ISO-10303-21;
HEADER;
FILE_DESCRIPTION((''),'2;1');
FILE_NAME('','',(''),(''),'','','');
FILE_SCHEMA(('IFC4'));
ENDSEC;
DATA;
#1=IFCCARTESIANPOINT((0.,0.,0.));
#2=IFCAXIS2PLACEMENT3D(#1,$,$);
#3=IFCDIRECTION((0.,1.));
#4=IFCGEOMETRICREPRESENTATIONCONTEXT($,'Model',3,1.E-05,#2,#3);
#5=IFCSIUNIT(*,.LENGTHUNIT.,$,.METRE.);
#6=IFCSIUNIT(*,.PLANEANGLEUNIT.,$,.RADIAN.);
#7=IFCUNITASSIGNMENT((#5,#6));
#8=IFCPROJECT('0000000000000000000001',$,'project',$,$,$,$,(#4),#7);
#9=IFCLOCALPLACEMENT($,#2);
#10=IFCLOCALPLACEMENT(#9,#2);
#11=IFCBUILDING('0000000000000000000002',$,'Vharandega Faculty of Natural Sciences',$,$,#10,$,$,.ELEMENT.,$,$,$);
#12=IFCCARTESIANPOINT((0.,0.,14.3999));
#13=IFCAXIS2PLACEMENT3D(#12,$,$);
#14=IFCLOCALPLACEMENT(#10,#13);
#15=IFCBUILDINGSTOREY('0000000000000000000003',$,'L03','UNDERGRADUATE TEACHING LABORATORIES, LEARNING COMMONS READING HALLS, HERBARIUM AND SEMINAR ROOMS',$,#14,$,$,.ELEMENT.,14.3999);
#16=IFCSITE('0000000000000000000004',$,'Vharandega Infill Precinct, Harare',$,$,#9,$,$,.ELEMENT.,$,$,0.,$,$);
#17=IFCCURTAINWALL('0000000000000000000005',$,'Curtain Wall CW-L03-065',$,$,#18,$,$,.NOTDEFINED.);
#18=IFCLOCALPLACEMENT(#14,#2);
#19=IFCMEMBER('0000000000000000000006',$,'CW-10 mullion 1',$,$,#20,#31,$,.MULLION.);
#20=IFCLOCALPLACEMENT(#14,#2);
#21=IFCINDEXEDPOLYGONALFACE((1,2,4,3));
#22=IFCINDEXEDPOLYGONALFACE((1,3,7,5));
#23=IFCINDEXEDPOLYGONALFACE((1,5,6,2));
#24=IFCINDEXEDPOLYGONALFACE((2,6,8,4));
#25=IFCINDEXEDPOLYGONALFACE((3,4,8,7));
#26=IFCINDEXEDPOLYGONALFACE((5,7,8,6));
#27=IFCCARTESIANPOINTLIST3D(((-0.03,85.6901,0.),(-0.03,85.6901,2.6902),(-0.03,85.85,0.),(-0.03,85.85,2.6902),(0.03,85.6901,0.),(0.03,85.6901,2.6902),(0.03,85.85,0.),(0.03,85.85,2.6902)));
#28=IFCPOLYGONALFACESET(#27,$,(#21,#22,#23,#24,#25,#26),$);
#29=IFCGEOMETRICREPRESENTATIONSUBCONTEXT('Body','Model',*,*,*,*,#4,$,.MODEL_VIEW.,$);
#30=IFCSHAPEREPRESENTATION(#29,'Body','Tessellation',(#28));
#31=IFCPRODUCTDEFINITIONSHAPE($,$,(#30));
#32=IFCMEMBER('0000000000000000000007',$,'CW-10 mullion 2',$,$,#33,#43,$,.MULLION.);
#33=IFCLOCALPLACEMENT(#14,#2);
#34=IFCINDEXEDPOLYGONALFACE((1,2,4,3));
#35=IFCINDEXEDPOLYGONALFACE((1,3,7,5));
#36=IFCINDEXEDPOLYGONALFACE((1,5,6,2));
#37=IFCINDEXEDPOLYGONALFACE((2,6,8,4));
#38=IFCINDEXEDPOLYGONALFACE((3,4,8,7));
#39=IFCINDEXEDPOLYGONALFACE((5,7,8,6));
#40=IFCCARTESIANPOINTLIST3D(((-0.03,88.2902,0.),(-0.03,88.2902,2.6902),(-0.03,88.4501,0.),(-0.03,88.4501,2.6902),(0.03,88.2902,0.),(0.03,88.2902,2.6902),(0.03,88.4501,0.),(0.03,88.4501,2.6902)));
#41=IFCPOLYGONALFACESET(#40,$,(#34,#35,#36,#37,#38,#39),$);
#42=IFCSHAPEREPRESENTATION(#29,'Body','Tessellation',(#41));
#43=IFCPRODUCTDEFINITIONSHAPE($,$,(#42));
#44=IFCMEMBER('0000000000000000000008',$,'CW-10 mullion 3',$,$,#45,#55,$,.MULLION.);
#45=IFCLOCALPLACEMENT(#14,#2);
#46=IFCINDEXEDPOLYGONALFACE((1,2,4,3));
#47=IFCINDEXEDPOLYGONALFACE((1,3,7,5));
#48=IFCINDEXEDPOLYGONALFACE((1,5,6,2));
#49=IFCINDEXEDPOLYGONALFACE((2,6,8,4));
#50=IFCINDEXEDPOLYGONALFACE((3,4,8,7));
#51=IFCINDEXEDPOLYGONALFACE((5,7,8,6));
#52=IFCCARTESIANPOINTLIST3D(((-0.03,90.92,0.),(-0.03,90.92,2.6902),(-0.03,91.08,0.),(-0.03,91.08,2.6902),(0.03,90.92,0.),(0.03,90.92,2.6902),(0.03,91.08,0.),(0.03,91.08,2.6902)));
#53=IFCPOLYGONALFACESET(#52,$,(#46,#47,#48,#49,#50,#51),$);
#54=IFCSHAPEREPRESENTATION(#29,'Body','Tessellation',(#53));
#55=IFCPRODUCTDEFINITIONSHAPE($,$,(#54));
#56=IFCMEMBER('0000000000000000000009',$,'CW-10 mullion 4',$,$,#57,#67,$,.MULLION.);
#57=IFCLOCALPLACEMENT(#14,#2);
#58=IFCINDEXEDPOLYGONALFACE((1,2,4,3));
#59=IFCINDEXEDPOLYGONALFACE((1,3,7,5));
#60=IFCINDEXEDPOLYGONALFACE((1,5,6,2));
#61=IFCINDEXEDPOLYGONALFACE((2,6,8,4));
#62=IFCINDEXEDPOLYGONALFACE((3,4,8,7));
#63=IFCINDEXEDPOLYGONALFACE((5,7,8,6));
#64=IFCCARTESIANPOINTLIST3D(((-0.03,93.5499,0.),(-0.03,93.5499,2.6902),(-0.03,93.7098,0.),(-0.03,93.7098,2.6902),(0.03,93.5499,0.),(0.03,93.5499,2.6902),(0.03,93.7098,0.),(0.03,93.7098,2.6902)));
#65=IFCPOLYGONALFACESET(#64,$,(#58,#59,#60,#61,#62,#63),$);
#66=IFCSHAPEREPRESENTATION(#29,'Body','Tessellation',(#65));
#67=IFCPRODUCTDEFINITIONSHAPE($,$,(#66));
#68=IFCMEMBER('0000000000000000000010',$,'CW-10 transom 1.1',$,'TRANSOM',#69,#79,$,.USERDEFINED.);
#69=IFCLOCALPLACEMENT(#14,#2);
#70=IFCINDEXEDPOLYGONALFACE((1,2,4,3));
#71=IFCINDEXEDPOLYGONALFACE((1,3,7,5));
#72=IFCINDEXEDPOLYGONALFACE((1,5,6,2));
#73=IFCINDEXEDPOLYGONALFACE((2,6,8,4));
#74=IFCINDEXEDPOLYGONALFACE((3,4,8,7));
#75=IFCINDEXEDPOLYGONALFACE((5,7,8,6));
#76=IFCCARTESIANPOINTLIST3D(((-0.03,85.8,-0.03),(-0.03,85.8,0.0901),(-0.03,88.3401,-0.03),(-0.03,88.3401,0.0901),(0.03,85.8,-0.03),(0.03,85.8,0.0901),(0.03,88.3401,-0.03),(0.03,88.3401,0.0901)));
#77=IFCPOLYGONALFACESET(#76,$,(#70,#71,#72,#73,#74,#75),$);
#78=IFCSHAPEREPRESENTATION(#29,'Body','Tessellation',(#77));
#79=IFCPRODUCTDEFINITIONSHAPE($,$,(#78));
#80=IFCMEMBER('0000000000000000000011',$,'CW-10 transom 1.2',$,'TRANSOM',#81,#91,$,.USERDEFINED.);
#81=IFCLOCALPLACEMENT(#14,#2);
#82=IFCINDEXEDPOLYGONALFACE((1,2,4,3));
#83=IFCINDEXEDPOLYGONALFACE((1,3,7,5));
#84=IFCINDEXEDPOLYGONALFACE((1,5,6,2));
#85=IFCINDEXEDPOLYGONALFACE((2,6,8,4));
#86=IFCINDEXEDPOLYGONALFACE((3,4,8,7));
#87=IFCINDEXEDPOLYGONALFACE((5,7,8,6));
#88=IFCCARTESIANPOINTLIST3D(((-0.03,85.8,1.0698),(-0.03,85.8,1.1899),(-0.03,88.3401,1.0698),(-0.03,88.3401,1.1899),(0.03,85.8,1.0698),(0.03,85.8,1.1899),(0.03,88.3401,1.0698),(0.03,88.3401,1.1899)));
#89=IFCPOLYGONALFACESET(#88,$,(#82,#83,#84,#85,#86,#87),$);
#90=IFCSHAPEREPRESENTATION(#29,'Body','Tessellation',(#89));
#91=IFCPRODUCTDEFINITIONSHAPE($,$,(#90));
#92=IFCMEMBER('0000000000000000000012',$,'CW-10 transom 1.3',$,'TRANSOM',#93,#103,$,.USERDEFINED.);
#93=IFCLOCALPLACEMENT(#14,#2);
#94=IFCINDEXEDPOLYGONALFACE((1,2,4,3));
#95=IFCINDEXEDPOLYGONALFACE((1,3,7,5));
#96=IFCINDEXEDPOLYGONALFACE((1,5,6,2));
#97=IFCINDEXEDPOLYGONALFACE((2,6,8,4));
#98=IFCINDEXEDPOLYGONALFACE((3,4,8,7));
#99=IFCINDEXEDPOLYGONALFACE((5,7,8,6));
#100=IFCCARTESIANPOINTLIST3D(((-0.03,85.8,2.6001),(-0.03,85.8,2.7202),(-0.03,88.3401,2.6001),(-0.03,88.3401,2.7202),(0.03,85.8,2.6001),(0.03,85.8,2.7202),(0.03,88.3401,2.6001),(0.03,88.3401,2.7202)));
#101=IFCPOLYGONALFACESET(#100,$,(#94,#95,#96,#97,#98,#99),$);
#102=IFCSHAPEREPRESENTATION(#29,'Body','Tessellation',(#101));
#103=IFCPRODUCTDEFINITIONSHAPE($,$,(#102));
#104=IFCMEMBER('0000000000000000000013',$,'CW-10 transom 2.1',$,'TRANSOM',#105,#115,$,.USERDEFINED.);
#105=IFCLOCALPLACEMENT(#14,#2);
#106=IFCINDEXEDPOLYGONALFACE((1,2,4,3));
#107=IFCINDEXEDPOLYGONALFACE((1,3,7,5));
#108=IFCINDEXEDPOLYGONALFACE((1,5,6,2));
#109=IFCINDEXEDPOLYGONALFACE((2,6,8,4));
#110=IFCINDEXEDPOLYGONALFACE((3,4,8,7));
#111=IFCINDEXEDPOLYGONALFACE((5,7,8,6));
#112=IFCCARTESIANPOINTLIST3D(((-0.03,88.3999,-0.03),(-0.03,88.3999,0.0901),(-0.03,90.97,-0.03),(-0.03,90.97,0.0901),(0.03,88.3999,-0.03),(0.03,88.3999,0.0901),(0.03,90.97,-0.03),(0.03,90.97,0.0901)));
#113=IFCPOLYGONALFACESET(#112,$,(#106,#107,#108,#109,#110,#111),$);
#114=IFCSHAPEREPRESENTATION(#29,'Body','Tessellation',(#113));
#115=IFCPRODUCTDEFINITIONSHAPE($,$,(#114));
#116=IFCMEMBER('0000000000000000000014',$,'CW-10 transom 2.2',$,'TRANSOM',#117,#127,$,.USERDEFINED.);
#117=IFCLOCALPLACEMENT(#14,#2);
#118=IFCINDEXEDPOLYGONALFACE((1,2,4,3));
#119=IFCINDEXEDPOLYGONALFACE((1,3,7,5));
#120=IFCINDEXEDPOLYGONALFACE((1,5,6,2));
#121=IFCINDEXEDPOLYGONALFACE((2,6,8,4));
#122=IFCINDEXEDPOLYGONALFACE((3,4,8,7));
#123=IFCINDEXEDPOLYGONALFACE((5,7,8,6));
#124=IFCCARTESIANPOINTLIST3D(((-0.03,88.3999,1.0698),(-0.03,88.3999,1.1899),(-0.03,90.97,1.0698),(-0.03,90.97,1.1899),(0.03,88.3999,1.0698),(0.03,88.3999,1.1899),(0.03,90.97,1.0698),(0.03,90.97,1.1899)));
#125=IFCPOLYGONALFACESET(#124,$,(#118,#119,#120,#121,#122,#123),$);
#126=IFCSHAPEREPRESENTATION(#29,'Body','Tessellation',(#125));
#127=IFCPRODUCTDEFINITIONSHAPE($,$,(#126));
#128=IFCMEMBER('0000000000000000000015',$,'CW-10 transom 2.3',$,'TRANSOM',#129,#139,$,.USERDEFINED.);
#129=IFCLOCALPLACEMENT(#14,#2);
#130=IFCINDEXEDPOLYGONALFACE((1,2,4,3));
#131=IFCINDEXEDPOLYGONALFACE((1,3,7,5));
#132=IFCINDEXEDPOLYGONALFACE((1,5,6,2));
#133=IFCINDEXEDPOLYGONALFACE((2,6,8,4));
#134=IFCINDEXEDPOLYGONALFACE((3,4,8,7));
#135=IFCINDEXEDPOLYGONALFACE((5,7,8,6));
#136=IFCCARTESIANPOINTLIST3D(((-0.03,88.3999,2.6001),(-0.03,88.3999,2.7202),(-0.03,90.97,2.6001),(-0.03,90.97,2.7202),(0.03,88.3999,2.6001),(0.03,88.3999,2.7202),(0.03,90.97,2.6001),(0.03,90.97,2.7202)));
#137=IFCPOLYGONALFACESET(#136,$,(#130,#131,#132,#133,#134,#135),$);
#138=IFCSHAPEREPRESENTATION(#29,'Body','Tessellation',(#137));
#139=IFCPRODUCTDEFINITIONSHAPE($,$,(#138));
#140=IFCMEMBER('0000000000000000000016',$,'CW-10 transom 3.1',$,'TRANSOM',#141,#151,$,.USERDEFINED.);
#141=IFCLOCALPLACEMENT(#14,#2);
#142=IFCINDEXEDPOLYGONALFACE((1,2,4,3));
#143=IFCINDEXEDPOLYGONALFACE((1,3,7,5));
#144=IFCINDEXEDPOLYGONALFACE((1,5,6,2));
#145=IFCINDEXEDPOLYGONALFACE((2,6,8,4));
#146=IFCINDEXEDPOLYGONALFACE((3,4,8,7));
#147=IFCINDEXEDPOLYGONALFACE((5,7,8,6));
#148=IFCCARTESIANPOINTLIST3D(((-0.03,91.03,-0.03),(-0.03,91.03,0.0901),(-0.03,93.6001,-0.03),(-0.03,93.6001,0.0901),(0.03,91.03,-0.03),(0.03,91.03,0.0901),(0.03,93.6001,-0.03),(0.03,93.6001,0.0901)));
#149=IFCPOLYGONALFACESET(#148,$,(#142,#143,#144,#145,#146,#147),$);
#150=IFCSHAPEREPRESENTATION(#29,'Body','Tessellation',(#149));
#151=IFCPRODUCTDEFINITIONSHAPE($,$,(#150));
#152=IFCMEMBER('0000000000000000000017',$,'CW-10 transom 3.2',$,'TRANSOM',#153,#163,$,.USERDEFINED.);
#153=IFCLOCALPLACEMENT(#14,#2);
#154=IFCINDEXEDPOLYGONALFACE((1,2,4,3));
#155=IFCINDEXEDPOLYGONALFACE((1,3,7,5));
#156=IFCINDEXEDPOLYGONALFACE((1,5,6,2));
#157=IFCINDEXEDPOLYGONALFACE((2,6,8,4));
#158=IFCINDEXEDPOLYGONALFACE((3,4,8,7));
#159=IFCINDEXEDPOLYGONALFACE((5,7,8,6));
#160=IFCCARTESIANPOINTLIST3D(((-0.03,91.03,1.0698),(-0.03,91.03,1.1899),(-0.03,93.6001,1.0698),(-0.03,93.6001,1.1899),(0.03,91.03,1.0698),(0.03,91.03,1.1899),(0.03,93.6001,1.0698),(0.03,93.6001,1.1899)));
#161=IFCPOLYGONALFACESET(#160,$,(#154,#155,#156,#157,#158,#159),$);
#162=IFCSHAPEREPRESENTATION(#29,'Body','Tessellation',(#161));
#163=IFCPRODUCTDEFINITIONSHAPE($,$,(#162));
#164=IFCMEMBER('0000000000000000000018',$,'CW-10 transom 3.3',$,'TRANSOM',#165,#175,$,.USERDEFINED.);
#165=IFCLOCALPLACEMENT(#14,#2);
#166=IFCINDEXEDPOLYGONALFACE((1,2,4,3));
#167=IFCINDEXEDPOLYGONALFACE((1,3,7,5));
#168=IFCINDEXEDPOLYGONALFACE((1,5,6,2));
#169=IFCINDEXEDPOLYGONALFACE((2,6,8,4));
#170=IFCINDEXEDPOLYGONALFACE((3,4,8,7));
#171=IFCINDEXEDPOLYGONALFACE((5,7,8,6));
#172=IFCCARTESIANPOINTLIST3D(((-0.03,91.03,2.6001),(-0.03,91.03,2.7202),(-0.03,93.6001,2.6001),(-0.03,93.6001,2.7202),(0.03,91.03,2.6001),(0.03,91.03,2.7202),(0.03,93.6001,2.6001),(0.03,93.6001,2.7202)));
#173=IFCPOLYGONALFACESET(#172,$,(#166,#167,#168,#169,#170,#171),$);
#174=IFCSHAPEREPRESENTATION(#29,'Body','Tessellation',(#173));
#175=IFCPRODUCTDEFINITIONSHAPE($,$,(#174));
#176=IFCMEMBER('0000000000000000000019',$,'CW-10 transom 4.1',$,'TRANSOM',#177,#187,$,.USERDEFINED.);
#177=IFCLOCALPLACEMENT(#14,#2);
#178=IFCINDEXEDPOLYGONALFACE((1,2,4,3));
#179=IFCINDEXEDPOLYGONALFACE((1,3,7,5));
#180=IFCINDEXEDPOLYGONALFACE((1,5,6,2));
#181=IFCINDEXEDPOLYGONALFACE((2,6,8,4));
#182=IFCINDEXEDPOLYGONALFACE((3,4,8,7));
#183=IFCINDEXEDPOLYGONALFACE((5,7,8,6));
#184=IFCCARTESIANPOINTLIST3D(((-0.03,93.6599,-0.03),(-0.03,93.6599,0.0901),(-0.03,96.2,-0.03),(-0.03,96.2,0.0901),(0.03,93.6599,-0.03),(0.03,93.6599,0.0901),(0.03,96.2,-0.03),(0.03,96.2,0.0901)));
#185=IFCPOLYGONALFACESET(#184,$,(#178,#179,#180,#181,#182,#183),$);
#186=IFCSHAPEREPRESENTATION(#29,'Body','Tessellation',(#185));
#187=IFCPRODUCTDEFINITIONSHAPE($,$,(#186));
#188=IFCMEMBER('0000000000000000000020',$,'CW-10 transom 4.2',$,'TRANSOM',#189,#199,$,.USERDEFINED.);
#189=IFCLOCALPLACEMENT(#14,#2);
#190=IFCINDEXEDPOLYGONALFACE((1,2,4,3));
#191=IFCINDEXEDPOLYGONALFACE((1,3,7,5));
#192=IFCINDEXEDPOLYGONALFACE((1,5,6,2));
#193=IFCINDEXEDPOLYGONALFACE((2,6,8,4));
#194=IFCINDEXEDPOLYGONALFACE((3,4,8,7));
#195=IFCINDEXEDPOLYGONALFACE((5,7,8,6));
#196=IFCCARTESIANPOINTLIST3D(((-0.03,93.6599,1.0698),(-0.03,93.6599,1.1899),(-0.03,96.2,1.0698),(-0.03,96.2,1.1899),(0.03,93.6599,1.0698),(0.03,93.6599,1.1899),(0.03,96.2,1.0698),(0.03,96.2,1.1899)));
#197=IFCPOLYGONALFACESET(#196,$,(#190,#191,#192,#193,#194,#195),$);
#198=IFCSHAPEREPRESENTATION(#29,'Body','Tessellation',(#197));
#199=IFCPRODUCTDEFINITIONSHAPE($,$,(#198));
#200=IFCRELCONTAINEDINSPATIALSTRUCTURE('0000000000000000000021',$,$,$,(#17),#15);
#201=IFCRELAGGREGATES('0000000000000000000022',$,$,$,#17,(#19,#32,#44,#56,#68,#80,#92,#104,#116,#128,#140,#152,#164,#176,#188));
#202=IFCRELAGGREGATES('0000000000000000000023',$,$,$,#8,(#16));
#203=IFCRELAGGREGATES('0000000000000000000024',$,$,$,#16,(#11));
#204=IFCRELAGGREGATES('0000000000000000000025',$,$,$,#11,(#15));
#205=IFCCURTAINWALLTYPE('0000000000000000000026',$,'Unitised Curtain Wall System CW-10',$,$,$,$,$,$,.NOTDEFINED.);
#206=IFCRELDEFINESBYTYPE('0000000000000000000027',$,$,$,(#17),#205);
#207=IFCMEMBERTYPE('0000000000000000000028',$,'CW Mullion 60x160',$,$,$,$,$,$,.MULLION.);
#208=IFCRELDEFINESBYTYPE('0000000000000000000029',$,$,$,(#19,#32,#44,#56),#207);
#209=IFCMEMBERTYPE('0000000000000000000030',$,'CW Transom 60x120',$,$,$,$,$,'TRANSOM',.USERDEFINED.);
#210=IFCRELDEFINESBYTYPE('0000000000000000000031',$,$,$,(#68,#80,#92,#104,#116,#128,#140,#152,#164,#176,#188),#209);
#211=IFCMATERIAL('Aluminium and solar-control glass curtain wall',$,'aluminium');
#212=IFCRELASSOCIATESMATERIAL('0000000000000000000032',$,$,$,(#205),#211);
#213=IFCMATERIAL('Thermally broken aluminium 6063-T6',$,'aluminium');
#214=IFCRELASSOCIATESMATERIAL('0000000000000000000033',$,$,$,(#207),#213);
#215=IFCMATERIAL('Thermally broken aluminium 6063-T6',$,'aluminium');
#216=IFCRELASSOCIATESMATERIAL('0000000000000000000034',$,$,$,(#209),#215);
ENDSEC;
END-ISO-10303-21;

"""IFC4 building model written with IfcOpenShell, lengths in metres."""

from ifc_helpers import new_model, si_unit, direction, frame, origin, origin_2d, place, context, subcontext, project, spatial, rectangle, extrude, material, material_profile, profile_set, type_object, element, aggregate, save


model = new_model("IFC4")

# Units and contexts
model_context = context("Model", 3, precision=1e-05, world=origin(), true_north=direction((0.0, 1.0)))
body_context = subcontext(model_context, "Body", "Model", "MODEL_VIEW")
ifc_project = project(units=[si_unit("LENGTHUNIT", "METRE"), si_unit("PLANEANGLEUNIT", "RADIAN")], contexts=[model_context])

# Site, building, storey
site_placement = place(None, origin())
site = spatial("IfcSite", under=ifc_project, at=site_placement, Name="Vharandega Infill Precinct, Harare", CompositionType="ELEMENT", RefElevation=0.0)
building_placement = place(site_placement, origin())
building = spatial("IfcBuilding", under=site, at=building_placement, Name="Vharandega Faculty of Natural Sciences", CompositionType="ELEMENT")
storey_placement = place(building_placement, frame((0.0, 0.0, 14.3999)))
storey = spatial("IfcBuildingStorey", under=building, at=storey_placement, Name="L03", Description="UNDERGRADUATE TEACHING LABORATORIES, LEARNING COMMONS READING HALLS, HERBARIUM AND SEMINAR ROOMS", CompositionType="ELEMENT", Elevation=14.3999)

# Curtain wall, members
ifc_material_1 = material(Name="Aluminium and solar-control glass curtain wall", Category="aluminium")
curtain_wall_type = type_object("IfcCurtainWallType", Name="Unitised Curtain Wall System CW-10", PredefinedType="NOTDEFINED", material=ifc_material_1)
curtain_wall_placement = place(storey_placement, origin())
curtain_wall = element("IfcCurtainWall", 1, at=curtain_wall_placement, inside=storey, type_object=curtain_wall_type, Name="Curtain Wall CW-L03-065", PredefinedType="NOTDEFINED")
ifc_material_2 = material(Name="Thermally broken aluminium 6063-T6", Category="aluminium")
ifc_material_profile_1 = material_profile(ifc_material_2, rectangle(XDim=0.0601, YDim=0.1599, at=origin_2d()), Name="ALU 60x160")
ifc_profile_set_1 = profile_set([ifc_material_profile_1], Name="Thermally broken aluminium 6063-T6")
member_type_1 = type_object("IfcMemberType", Name="CW Mullion 60x160", PredefinedType="MULLION", material=ifc_profile_set_1)
member_1_placement = place(storey_placement, frame((0.0, 85.77, 0.0), z_axis=(0.0, 0.0, 1.0), x_axis=(-1.0, 0.0, 0.0)))
member_1 = element("IfcMember", 2, at=member_1_placement, type_object=member_type_1, Name="CW-10 mullion 1", PredefinedType="MULLION", context=body_context, shape_type="SweptSolid", body=[
    extrude(rectangle(XDim=0.0601, YDim=0.1599, at=origin_2d()), origin(), (0.0, 0.0, 1.0), 2.6902),
])
member_2_placement = place(storey_placement, frame((0.0, 88.3701, 0.0), z_axis=(0.0, 0.0, 1.0), x_axis=(-1.0, 0.0, 0.0)))
member_2 = element("IfcMember", 3, at=member_2_placement, type_object=member_type_1, Name="CW-10 mullion 2", PredefinedType="MULLION", context=body_context, shape_type="SweptSolid", body=[
    extrude(rectangle(XDim=0.0601, YDim=0.1599, at=origin_2d()), origin(), (0.0, 0.0, 1.0), 2.6902),
])
member_3_placement = place(storey_placement, frame((0.0, 91.0, 0.0), z_axis=(0.0, 0.0, 1.0), x_axis=(-1.0, 0.0, 0.0)))
member_3 = element("IfcMember", 4, at=member_3_placement, type_object=member_type_1, Name="CW-10 mullion 3", PredefinedType="MULLION", context=body_context, shape_type="SweptSolid", body=[
    extrude(rectangle(XDim=0.0601, YDim=0.1599, at=origin_2d()), origin(), (0.0, 0.0, 1.0), 2.6902),
])
member_4_placement = place(storey_placement, frame((0.0, 93.6299, 0.0), z_axis=(0.0, 0.0, 1.0), x_axis=(-1.0, 0.0, 0.0)))
member_4 = element("IfcMember", 5, at=member_4_placement, type_object=member_type_1, Name="CW-10 mullion 4", PredefinedType="MULLION", context=body_context, shape_type="SweptSolid", body=[
    extrude(rectangle(XDim=0.0601, YDim=0.1599, at=origin_2d()), origin(), (0.0, 0.0, 1.0), 2.6902),
])
ifc_material_3 = material(Name="Thermally broken aluminium 6063-T6", Category="aluminium")
ifc_material_profile_2 = material_profile(ifc_material_3, rectangle(XDim=0.0601, YDim=0.1201, at=origin_2d()), Name="ALU 60x120")
ifc_profile_set_2 = profile_set([ifc_material_profile_2], Name="Thermally broken aluminium 6063-T6")
member_type_2 = type_object("IfcMemberType", Name="CW Transom 60x120", ElementType="TRANSOM", PredefinedType="USERDEFINED", material=ifc_profile_set_2)
member_5_placement = place(storey_placement, frame((0.0, 85.8, 0.03), z_axis=(0.0, 1.0, 0.0), x_axis=(-1.0, 0.0, 0.0)))
member_5 = element("IfcMember", 6, at=member_5_placement, type_object=member_type_2, Name="CW-10 transom 1.1", ObjectType="TRANSOM", PredefinedType="USERDEFINED", context=body_context, shape_type="SweptSolid", body=[
    extrude(rectangle(XDim=0.0601, YDim=0.1201, at=origin_2d()), origin(), (0.0, 0.0, 1.0), 2.54),
])
member_6_placement = place(storey_placement, frame((0.0, 85.8, 1.1299), z_axis=(0.0, 1.0, 0.0), x_axis=(-1.0, 0.0, 0.0)))
member_6 = element("IfcMember", 7, at=member_6_placement, type_object=member_type_2, Name="CW-10 transom 1.2", ObjectType="TRANSOM", PredefinedType="USERDEFINED", context=body_context, shape_type="SweptSolid", body=[
    extrude(rectangle(XDim=0.0601, YDim=0.1201, at=origin_2d()), origin(), (0.0, 0.0, 1.0), 2.54),
])
member_7_placement = place(storey_placement, frame((0.0, 85.8, 2.6602), z_axis=(0.0, 1.0, 0.0), x_axis=(-1.0, 0.0, 0.0)))
member_7 = element("IfcMember", 8, at=member_7_placement, type_object=member_type_2, Name="CW-10 transom 1.3", ObjectType="TRANSOM", PredefinedType="USERDEFINED", context=body_context, shape_type="SweptSolid", body=[
    extrude(rectangle(XDim=0.0601, YDim=0.1201, at=origin_2d()), origin(), (0.0, 0.0, 1.0), 2.54),
])
member_8_placement = place(storey_placement, frame((0.0, 88.3999, 0.03), z_axis=(0.0, 1.0, 0.0), x_axis=(-1.0, 0.0, 0.0)))
member_8 = element("IfcMember", 9, at=member_8_placement, type_object=member_type_2, Name="CW-10 transom 2.1", ObjectType="TRANSOM", PredefinedType="USERDEFINED", context=body_context, shape_type="SweptSolid", body=[
    extrude(rectangle(XDim=0.0601, YDim=0.1201, at=origin_2d()), origin(), (0.0, 0.0, 1.0), 2.5701),
])
member_9_placement = place(storey_placement, frame((0.0, 88.3999, 1.1299), z_axis=(0.0, 1.0, 0.0), x_axis=(-1.0, 0.0, 0.0)))
member_9 = element("IfcMember", 10, at=member_9_placement, type_object=member_type_2, Name="CW-10 transom 2.2", ObjectType="TRANSOM", PredefinedType="USERDEFINED", context=body_context, shape_type="SweptSolid", body=[
    extrude(rectangle(XDim=0.0601, YDim=0.1201, at=origin_2d()), origin(), (0.0, 0.0, 1.0), 2.5701),
])
member_10_placement = place(storey_placement, frame((0.0, 88.3999, 2.6602), z_axis=(0.0, 1.0, 0.0), x_axis=(-1.0, 0.0, 0.0)))
member_10 = element("IfcMember", 11, at=member_10_placement, type_object=member_type_2, Name="CW-10 transom 2.3", ObjectType="TRANSOM", PredefinedType="USERDEFINED", context=body_context, shape_type="SweptSolid", body=[
    extrude(rectangle(XDim=0.0601, YDim=0.1201, at=origin_2d()), origin(), (0.0, 0.0, 1.0), 2.5701),
])
member_11_placement = place(storey_placement, frame((0.0, 91.03, 0.03), z_axis=(0.0, 1.0, 0.0), x_axis=(-1.0, 0.0, 0.0)))
member_11 = element("IfcMember", 12, at=member_11_placement, type_object=member_type_2, Name="CW-10 transom 3.1", ObjectType="TRANSOM", PredefinedType="USERDEFINED", context=body_context, shape_type="SweptSolid", body=[
    extrude(rectangle(XDim=0.0601, YDim=0.1201, at=origin_2d()), origin(), (0.0, 0.0, 1.0), 2.5701),
])
member_12_placement = place(storey_placement, frame((0.0, 91.03, 1.1299), z_axis=(0.0, 1.0, 0.0), x_axis=(-1.0, 0.0, 0.0)))
member_12 = element("IfcMember", 13, at=member_12_placement, type_object=member_type_2, Name="CW-10 transom 3.2", ObjectType="TRANSOM", PredefinedType="USERDEFINED", context=body_context, shape_type="SweptSolid", body=[
    extrude(rectangle(XDim=0.0601, YDim=0.1201, at=origin_2d()), origin(), (0.0, 0.0, 1.0), 2.5701),
])
member_13_placement = place(storey_placement, frame((0.0, 91.03, 2.6602), z_axis=(0.0, 1.0, 0.0), x_axis=(-1.0, 0.0, 0.0)))
member_13 = element("IfcMember", 14, at=member_13_placement, type_object=member_type_2, Name="CW-10 transom 3.3", ObjectType="TRANSOM", PredefinedType="USERDEFINED", context=body_context, shape_type="SweptSolid", body=[
    extrude(rectangle(XDim=0.0601, YDim=0.1201, at=origin_2d()), origin(), (0.0, 0.0, 1.0), 2.5701),
])
member_14_placement = place(storey_placement, frame((0.0, 93.6599, 0.03), z_axis=(0.0, 1.0, 0.0), x_axis=(-1.0, 0.0, 0.0)))
member_14 = element("IfcMember", 15, at=member_14_placement, type_object=member_type_2, Name="CW-10 transom 4.1", ObjectType="TRANSOM", PredefinedType="USERDEFINED", context=body_context, shape_type="SweptSolid", body=[
    extrude(rectangle(XDim=0.0601, YDim=0.1201, at=origin_2d()), origin(), (0.0, 0.0, 1.0), 2.54),
])
member_15_placement = place(storey_placement, frame((0.0, 93.6599, 1.1299), z_axis=(0.0, 1.0, 0.0), x_axis=(-1.0, 0.0, 0.0)))
member_15 = element("IfcMember", 16, at=member_15_placement, type_object=member_type_2, Name="CW-10 transom 4.2", ObjectType="TRANSOM", PredefinedType="USERDEFINED", context=body_context, shape_type="SweptSolid", body=[
    extrude(rectangle(XDim=0.0601, YDim=0.1201, at=origin_2d()), origin(), (0.0, 0.0, 1.0), 2.54),
])
aggregate(curtain_wall, [member_1, member_2, member_3, member_4, member_5, member_6, member_7, member_8, member_9, member_10, member_11, member_12, member_13, member_14, member_15])

save(model, "model.ifc")
